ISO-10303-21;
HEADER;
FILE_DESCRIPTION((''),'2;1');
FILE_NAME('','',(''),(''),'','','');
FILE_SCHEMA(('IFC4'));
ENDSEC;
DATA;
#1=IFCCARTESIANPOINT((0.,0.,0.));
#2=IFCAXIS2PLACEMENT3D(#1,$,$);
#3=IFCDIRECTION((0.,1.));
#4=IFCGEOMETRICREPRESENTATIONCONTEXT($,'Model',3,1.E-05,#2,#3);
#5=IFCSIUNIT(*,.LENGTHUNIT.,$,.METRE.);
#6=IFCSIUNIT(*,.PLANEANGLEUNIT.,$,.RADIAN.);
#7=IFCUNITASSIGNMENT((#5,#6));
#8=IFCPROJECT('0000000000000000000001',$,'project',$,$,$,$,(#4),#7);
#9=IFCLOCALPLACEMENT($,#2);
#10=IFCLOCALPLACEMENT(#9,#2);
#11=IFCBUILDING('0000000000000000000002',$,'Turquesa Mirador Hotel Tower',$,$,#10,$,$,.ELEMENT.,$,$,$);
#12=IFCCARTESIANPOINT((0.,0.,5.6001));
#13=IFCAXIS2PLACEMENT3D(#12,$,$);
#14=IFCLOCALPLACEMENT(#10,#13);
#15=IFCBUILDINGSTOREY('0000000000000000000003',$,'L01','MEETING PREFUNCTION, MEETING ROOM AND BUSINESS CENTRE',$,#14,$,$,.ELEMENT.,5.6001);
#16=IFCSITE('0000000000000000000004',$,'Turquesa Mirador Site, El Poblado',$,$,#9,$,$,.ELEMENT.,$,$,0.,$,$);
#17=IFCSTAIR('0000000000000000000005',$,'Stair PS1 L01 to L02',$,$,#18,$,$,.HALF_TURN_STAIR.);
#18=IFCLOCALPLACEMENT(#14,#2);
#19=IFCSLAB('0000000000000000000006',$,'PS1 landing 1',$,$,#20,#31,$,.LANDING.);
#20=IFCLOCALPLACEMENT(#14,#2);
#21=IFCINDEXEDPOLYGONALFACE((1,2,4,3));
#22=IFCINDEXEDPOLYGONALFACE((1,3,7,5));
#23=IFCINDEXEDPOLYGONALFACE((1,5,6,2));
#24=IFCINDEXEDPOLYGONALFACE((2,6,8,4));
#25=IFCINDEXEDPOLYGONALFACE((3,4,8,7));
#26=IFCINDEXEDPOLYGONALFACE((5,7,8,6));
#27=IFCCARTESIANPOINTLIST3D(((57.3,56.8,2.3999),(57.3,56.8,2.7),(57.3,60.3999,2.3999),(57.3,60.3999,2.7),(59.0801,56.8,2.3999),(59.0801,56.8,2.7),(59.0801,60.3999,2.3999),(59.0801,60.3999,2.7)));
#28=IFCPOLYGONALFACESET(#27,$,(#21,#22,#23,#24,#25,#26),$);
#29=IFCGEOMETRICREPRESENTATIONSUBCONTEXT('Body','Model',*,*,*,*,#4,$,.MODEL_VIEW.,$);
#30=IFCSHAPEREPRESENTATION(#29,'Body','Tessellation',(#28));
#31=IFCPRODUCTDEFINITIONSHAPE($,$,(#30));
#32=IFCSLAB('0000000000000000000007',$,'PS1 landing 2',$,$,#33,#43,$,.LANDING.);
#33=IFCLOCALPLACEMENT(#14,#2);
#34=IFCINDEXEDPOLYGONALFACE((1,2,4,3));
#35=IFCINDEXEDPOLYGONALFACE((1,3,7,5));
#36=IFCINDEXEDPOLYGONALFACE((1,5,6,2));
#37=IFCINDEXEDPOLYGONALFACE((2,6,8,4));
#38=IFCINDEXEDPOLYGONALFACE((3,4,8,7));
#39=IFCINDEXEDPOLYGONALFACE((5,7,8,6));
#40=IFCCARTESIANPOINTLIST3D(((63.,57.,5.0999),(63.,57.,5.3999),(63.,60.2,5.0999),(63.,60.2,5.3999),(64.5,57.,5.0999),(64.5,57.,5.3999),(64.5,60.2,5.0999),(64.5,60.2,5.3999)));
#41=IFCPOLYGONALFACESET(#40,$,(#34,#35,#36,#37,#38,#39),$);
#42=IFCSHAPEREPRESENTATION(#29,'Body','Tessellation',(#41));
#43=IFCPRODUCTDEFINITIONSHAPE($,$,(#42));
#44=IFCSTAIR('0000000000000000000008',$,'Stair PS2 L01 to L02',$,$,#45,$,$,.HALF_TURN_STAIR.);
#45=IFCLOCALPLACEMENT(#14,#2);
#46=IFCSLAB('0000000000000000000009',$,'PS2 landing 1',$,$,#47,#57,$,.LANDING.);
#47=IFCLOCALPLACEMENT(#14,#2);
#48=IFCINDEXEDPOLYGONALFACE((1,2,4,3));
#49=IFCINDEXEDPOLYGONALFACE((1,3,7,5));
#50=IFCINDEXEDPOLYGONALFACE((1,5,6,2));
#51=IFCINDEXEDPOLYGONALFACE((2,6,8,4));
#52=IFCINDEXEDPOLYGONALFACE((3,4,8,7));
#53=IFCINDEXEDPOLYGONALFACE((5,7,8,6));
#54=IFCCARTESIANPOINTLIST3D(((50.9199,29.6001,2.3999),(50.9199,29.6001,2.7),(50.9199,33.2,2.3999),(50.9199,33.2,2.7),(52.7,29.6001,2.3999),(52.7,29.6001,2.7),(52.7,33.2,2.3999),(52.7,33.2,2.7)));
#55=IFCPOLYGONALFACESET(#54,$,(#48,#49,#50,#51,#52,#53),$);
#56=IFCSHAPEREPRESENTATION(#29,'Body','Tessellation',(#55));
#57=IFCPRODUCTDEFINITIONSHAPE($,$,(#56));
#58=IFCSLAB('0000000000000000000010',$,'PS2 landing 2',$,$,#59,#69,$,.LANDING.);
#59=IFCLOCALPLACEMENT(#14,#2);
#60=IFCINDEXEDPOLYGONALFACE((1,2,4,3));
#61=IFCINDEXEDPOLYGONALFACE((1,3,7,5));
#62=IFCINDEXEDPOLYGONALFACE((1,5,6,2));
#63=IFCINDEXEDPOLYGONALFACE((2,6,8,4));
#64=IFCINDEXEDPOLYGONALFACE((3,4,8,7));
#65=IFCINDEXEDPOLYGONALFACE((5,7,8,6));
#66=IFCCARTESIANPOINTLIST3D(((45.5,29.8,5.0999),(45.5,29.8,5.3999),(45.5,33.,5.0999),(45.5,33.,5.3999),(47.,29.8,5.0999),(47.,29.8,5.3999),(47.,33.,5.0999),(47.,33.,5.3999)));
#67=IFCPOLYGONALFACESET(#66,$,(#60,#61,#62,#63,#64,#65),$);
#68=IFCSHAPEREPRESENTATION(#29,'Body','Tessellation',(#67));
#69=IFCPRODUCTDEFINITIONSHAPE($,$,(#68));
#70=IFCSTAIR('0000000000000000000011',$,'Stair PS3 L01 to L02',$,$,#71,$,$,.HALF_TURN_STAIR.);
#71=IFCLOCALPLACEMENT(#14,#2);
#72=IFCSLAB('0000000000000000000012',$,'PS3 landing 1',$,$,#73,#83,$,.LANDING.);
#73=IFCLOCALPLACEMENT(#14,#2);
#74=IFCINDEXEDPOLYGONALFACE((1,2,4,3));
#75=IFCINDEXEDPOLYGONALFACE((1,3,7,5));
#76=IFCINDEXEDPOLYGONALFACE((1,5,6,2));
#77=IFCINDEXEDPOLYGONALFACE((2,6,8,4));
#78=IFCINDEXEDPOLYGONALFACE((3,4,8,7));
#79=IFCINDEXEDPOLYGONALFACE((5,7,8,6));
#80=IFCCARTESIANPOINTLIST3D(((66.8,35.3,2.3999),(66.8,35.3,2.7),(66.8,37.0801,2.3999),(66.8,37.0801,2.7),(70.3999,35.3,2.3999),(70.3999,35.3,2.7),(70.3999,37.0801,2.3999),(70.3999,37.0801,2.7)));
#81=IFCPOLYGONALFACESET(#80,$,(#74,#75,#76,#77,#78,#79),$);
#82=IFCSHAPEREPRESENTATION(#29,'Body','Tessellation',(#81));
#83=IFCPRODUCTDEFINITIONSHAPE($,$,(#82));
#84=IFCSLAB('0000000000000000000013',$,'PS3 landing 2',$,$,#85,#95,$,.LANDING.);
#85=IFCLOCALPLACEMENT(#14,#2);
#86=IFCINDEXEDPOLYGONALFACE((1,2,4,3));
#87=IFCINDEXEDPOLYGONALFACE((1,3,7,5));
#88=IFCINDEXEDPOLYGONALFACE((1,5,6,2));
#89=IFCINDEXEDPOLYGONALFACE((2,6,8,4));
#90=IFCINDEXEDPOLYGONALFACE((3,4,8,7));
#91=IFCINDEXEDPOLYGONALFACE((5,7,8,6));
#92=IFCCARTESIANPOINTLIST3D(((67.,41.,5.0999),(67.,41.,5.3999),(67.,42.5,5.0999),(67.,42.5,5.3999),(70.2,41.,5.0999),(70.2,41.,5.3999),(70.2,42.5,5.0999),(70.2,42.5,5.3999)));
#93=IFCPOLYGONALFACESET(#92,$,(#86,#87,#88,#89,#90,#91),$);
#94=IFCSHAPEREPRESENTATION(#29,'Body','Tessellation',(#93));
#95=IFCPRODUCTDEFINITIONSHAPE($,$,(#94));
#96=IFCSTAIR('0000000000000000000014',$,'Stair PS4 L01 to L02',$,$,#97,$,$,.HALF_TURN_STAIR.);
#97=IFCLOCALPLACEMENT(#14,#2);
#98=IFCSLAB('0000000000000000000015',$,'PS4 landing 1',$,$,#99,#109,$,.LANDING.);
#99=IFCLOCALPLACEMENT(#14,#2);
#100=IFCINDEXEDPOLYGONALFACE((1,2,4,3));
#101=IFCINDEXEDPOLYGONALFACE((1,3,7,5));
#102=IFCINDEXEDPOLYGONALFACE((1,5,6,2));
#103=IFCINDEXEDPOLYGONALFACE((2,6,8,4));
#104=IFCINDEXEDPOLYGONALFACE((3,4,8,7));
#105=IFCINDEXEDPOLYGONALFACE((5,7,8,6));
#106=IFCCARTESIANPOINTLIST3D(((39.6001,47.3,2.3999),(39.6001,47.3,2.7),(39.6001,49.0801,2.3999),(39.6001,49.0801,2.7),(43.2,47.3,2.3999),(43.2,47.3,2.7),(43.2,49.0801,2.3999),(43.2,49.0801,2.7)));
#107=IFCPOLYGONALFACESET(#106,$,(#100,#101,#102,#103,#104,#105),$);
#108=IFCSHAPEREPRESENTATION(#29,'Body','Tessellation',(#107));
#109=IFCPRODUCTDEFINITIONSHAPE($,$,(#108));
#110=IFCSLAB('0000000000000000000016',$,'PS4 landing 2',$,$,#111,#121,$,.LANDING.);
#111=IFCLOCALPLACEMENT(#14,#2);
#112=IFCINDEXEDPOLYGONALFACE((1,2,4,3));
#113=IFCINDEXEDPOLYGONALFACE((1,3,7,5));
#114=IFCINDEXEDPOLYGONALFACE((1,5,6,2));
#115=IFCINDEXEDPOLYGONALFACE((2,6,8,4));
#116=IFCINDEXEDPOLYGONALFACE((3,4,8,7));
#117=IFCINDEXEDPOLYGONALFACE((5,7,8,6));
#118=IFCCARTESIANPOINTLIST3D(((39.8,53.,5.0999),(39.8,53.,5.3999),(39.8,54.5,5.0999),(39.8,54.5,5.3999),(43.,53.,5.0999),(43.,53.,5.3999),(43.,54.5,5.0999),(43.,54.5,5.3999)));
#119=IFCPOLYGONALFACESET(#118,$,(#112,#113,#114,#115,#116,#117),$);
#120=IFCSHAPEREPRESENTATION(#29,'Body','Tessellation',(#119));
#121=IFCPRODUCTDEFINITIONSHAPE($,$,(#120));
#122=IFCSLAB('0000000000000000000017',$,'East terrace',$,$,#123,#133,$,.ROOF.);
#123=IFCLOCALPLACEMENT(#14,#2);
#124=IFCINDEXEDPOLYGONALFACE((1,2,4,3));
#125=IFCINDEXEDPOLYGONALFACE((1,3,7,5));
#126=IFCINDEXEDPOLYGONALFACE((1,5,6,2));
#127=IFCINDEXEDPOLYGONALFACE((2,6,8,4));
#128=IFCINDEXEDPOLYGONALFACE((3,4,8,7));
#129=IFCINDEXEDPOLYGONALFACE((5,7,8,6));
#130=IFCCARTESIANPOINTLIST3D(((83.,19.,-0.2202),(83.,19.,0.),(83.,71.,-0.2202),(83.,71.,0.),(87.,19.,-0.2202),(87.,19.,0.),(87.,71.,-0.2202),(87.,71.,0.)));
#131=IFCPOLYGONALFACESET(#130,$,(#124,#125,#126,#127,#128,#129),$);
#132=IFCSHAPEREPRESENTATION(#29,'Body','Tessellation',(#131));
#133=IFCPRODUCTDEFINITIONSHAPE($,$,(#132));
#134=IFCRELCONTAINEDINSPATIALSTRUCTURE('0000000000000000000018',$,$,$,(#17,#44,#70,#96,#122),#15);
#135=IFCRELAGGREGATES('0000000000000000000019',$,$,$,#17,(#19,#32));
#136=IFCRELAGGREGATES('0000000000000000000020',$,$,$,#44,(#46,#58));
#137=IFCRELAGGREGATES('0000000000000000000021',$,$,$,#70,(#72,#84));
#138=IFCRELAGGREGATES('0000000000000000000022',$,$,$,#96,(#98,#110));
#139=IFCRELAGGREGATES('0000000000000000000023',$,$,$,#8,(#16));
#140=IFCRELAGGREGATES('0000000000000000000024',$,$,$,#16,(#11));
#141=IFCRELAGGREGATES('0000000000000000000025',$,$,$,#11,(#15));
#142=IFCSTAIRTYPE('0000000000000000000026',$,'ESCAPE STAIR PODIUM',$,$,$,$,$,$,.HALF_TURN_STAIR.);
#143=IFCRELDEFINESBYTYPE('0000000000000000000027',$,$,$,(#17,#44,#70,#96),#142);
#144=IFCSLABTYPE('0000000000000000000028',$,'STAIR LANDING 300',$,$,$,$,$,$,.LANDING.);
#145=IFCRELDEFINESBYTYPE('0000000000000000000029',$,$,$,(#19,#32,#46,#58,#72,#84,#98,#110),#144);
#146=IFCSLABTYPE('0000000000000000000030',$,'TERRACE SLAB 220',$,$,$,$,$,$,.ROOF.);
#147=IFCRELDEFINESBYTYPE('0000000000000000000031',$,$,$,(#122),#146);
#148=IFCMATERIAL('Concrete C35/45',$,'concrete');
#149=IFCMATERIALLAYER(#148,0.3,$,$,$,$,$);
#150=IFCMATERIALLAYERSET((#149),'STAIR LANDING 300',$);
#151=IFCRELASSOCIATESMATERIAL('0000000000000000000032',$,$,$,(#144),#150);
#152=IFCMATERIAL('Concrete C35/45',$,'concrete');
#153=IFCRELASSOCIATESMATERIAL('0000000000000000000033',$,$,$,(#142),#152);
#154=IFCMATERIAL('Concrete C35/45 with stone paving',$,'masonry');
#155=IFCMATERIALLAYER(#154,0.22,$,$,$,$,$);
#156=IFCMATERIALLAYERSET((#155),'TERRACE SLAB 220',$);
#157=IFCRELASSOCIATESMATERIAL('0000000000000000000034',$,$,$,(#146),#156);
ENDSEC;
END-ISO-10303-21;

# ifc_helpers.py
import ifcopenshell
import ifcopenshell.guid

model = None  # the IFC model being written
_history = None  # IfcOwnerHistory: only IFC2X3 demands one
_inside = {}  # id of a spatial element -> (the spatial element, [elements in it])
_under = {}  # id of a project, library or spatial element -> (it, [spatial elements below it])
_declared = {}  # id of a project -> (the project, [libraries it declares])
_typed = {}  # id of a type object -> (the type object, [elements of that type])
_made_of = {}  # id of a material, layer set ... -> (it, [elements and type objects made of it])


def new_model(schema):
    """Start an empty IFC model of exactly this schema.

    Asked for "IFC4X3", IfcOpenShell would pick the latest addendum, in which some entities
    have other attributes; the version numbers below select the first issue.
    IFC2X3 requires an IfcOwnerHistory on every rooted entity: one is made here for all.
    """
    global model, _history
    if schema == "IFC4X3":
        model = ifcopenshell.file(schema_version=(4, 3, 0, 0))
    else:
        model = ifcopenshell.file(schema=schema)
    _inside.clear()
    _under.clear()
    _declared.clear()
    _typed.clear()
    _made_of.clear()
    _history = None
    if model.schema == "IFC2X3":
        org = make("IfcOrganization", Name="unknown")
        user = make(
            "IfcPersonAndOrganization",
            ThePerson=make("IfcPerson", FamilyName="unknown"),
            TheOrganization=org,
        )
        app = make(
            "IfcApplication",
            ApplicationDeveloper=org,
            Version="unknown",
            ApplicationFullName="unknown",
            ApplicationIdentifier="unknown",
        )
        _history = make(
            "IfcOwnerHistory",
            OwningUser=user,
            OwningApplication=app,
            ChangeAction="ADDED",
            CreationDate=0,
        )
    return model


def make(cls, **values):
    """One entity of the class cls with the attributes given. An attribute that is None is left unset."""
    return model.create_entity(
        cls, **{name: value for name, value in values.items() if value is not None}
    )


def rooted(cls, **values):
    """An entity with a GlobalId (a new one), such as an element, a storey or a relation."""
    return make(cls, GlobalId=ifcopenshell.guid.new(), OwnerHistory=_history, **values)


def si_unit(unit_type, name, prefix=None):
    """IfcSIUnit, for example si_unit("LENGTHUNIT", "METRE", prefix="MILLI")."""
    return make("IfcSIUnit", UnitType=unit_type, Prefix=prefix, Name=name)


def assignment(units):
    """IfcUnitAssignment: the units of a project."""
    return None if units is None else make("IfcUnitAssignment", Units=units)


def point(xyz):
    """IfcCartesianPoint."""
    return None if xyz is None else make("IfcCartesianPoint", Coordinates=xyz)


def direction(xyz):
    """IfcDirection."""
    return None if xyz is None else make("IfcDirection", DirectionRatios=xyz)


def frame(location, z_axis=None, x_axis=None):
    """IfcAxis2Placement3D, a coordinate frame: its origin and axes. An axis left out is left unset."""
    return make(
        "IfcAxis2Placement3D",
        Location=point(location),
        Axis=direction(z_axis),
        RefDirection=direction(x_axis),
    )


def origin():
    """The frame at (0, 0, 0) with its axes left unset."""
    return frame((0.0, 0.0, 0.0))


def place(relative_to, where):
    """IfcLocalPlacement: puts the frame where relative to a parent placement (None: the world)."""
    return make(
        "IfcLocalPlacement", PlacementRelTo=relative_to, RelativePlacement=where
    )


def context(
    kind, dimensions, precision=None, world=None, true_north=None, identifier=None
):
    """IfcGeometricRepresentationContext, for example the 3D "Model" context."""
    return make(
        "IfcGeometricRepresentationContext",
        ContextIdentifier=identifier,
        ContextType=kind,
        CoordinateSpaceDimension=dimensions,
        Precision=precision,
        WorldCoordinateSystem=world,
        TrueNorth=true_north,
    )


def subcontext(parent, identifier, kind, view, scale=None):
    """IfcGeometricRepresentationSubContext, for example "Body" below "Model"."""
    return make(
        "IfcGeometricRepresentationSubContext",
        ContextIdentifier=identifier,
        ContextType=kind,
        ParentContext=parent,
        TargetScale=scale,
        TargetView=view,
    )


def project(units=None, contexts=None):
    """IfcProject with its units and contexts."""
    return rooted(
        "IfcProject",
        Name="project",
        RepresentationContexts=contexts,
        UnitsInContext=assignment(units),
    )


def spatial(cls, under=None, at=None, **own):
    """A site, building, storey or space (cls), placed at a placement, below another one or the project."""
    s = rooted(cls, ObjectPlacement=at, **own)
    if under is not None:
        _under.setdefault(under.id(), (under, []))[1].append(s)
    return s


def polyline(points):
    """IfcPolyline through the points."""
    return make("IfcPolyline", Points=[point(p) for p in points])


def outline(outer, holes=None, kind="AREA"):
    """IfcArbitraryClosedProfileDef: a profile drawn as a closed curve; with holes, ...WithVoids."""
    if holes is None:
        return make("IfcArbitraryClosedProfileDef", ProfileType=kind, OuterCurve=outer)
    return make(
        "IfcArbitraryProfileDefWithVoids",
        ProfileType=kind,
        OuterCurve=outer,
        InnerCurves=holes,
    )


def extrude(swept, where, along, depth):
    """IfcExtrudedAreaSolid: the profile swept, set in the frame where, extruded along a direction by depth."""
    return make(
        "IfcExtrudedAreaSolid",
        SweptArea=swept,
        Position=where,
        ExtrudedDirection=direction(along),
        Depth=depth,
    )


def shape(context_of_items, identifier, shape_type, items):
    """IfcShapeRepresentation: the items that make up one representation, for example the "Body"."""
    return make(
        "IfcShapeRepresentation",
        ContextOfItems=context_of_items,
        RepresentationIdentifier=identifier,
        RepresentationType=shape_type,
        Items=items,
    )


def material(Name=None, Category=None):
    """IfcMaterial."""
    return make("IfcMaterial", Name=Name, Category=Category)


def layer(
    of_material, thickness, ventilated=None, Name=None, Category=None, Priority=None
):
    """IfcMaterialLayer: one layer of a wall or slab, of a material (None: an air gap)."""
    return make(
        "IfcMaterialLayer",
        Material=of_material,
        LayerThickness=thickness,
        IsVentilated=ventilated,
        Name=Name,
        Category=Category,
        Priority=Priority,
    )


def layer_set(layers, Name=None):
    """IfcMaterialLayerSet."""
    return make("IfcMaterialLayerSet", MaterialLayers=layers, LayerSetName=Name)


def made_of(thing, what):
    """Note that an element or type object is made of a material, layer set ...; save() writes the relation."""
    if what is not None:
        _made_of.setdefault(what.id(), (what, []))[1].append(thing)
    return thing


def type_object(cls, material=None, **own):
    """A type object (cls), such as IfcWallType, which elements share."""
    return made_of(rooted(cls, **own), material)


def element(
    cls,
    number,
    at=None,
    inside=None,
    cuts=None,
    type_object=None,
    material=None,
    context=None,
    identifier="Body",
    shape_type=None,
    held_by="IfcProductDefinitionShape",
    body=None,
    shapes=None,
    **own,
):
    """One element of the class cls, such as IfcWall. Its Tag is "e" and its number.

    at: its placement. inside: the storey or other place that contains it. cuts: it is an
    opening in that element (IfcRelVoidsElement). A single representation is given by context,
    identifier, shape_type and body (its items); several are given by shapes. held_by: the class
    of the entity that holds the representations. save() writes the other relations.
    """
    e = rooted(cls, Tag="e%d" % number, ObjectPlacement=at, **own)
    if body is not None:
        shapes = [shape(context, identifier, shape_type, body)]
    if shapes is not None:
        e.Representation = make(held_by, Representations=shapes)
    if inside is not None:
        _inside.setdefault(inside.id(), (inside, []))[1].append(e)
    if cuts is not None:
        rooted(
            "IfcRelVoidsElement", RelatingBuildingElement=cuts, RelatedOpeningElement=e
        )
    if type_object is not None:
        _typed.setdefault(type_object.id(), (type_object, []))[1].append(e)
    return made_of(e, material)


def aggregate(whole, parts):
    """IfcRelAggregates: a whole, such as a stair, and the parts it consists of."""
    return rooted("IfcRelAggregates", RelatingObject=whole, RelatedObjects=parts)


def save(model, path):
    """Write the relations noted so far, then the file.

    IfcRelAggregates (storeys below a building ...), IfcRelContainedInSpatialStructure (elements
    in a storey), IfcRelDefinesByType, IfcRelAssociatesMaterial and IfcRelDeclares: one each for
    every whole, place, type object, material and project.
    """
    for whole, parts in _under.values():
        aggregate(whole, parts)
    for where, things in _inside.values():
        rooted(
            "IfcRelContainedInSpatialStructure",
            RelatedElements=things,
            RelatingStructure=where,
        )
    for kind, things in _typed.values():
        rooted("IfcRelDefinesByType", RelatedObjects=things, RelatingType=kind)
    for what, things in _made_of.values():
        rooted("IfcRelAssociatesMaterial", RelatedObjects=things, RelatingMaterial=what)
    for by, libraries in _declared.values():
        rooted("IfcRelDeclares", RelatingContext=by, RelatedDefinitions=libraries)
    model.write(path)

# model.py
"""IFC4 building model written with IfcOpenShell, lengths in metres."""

from ifc_helpers import new_model, si_unit, direction, frame, origin, place, context, subcontext, project, spatial, polyline, outline, extrude, material, layer, layer_set, type_object, element, aggregate, save


model = new_model("IFC4")

# Units and contexts
model_context = context("Model", 3, precision=1e-05, world=origin(), true_north=direction((0.0, 1.0)))
body_context = subcontext(model_context, "Body", "Model", "MODEL_VIEW")
ifc_project = project(units=[si_unit("LENGTHUNIT", "METRE"), si_unit("PLANEANGLEUNIT", "RADIAN")], contexts=[model_context])

# Site, building, storey
site_placement = place(None, origin())
site = spatial("IfcSite", under=ifc_project, at=site_placement, Name="Turquesa Mirador Site, El Poblado", CompositionType="ELEMENT", RefElevation=0.0)
building_placement = place(site_placement, origin())
building = spatial("IfcBuilding", under=site, at=building_placement, Name="Turquesa Mirador Hotel Tower", CompositionType="ELEMENT")
storey_placement = place(building_placement, frame((0.0, 0.0, 5.6001)))
storey = spatial("IfcBuildingStorey", under=building, at=storey_placement, Name="L01", Description="MEETING PREFUNCTION, MEETING ROOM AND BUSINESS CENTRE", CompositionType="ELEMENT", Elevation=5.6001)

# Stairs, slabs
ifc_material_1 = material(Name="Concrete C35/45", Category="concrete")
ifc_layer_1 = layer(ifc_material_1, 0.3)
ifc_layer_set_1 = layer_set([ifc_layer_1], Name="STAIR LANDING 300")
slab_type_1 = type_object("IfcSlabType", Name="STAIR LANDING 300", PredefinedType="LANDING", material=ifc_layer_set_1)
ifc_material_2 = material(Name="Concrete C35/45", Category="concrete")
stair_type_1 = type_object("IfcStairType", Name="ESCAPE STAIR PODIUM", PredefinedType="HALF_TURN_STAIR", material=ifc_material_2)
stair_1_placement = place(storey_placement, origin())
stair_1 = element("IfcStair", 1, at=stair_1_placement, inside=storey, type_object=stair_type_1, Name="Stair PS1 L01 to L02", PredefinedType="HALF_TURN_STAIR")
slab_1_placement = place(storey_placement, frame((0.0, 0.0, 2.3999)))
slab_1 = element("IfcSlab", 2, at=slab_1_placement, type_object=slab_type_1, Name="PS1 landing 1", PredefinedType="LANDING", context=body_context, shape_type="SweptSolid", body=[
    extrude(outline(polyline([(57.3, 56.8), (59.0801, 56.8), (59.0801, 60.3999), (57.3, 60.3999), (57.3, 56.8)])), origin(), (0.0, 0.0, 1.0), 0.3),
])
slab_2_placement = place(storey_placement, frame((0.0, 0.0, 5.0999)))
slab_2 = element("IfcSlab", 3, at=slab_2_placement, type_object=slab_type_1, Name="PS1 landing 2", PredefinedType="LANDING", context=body_context, shape_type="SweptSolid", body=[
    extrude(outline(polyline([(63.0, 57.0), (64.5, 57.0), (64.5, 60.2), (63.0, 60.2), (63.0, 57.0)])), origin(), (0.0, 0.0, 1.0), 0.3),
])
aggregate(stair_1, [slab_1, slab_2])
stair_2_placement = place(storey_placement, origin())
stair_2 = element("IfcStair", 4, at=stair_2_placement, inside=storey, type_object=stair_type_1, Name="Stair PS2 L01 to L02", PredefinedType="HALF_TURN_STAIR")
slab_3_placement = place(storey_placement, frame((0.0, 0.0, 2.3999)))
slab_3 = element("IfcSlab", 5, at=slab_3_placement, type_object=slab_type_1, Name="PS2 landing 1", PredefinedType="LANDING", context=body_context, shape_type="SweptSolid", body=[
    extrude(outline(polyline([(52.7, 33.2), (50.9199, 33.2), (50.9199, 29.6001), (52.7, 29.6001), (52.7, 33.2)])), origin(), (0.0, 0.0, 1.0), 0.3),
])
slab_4_placement = place(storey_placement, frame((0.0, 0.0, 5.0999)))
slab_4 = element("IfcSlab", 6, at=slab_4_placement, type_object=slab_type_1, Name="PS2 landing 2", PredefinedType="LANDING", context=body_context, shape_type="SweptSolid", body=[
    extrude(outline(polyline([(47.0, 33.0), (45.5, 33.0), (45.5, 29.8), (47.0, 29.8), (47.0, 33.0)])), origin(), (0.0, 0.0, 1.0), 0.3),
])
aggregate(stair_2, [slab_3, slab_4])
stair_3_placement = place(storey_placement, origin())
stair_3 = element("IfcStair", 7, at=stair_3_placement, inside=storey, type_object=stair_type_1, Name="Stair PS3 L01 to L02", PredefinedType="HALF_TURN_STAIR")
slab_5_placement = place(storey_placement, frame((0.0, 0.0, 2.3999)))
slab_5 = element("IfcSlab", 8, at=slab_5_placement, type_object=slab_type_1, Name="PS3 landing 1", PredefinedType="LANDING", context=body_context, shape_type="SweptSolid", body=[
    extrude(outline(polyline([(66.8, 35.3), (70.3999, 35.3), (70.3999, 37.0801), (66.8, 37.0801), (66.8, 35.3)])), origin(), (0.0, 0.0, 1.0), 0.3),
])
slab_6_placement = place(storey_placement, frame((0.0, 0.0, 5.0999)))
slab_6 = element("IfcSlab", 9, at=slab_6_placement, type_object=slab_type_1, Name="PS3 landing 2", PredefinedType="LANDING", context=body_context, shape_type="SweptSolid", body=[
    extrude(outline(polyline([(67.0, 41.0), (70.2, 41.0), (70.2, 42.5), (67.0, 42.5), (67.0, 41.0)])), origin(), (0.0, 0.0, 1.0), 0.3),
])
aggregate(stair_3, [slab_5, slab_6])
stair_4_placement = place(storey_placement, origin())
stair_4 = element("IfcStair", 10, at=stair_4_placement, inside=storey, type_object=stair_type_1, Name="Stair PS4 L01 to L02", PredefinedType="HALF_TURN_STAIR")
slab_7_placement = place(storey_placement, frame((0.0, 0.0, 2.3999)))
slab_7 = element("IfcSlab", 11, at=slab_7_placement, type_object=slab_type_1, Name="PS4 landing 1", PredefinedType="LANDING", context=body_context, shape_type="SweptSolid", body=[
    extrude(outline(polyline([(39.6001, 47.3), (43.2, 47.3), (43.2, 49.0801), (39.6001, 49.0801), (39.6001, 47.3)])), origin(), (0.0, 0.0, 1.0), 0.3),
])
slab_8_placement = place(storey_placement, frame((0.0, 0.0, 5.0999)))
slab_8 = element("IfcSlab", 12, at=slab_8_placement, type_object=slab_type_1, Name="PS4 landing 2", PredefinedType="LANDING", context=body_context, shape_type="SweptSolid", body=[
    extrude(outline(polyline([(39.8, 53.0), (43.0, 53.0), (43.0, 54.5), (39.8, 54.5), (39.8, 53.0)])), origin(), (0.0, 0.0, 1.0), 0.3),
])
aggregate(stair_4, [slab_7, slab_8])

# Slab
ifc_material_3 = material(Name="Concrete C35/45 with stone paving", Category="masonry")
ifc_layer_2 = layer(ifc_material_3, 0.22)
ifc_layer_set_2 = layer_set([ifc_layer_2], Name="TERRACE SLAB 220")
slab_type_2 = type_object("IfcSlabType", Name="TERRACE SLAB 220", PredefinedType="ROOF", material=ifc_layer_set_2)
slab_9_placement = place(storey_placement, frame((0.0, 0.0, -0.2202)))
element("IfcSlab", 13, at=slab_9_placement, inside=storey, type_object=slab_type_2, Name="East terrace", PredefinedType="ROOF", context=body_context, shape_type="SweptSolid", body=[
    extrude(outline(polyline([(87.0, 71.0), (87.0, 19.0), (83.0, 19.0), (83.0, 71.0), (87.0, 71.0)])), origin(), (0.0, 0.0, 1.0), 0.2202),
])

save(model, "model.ifc")
